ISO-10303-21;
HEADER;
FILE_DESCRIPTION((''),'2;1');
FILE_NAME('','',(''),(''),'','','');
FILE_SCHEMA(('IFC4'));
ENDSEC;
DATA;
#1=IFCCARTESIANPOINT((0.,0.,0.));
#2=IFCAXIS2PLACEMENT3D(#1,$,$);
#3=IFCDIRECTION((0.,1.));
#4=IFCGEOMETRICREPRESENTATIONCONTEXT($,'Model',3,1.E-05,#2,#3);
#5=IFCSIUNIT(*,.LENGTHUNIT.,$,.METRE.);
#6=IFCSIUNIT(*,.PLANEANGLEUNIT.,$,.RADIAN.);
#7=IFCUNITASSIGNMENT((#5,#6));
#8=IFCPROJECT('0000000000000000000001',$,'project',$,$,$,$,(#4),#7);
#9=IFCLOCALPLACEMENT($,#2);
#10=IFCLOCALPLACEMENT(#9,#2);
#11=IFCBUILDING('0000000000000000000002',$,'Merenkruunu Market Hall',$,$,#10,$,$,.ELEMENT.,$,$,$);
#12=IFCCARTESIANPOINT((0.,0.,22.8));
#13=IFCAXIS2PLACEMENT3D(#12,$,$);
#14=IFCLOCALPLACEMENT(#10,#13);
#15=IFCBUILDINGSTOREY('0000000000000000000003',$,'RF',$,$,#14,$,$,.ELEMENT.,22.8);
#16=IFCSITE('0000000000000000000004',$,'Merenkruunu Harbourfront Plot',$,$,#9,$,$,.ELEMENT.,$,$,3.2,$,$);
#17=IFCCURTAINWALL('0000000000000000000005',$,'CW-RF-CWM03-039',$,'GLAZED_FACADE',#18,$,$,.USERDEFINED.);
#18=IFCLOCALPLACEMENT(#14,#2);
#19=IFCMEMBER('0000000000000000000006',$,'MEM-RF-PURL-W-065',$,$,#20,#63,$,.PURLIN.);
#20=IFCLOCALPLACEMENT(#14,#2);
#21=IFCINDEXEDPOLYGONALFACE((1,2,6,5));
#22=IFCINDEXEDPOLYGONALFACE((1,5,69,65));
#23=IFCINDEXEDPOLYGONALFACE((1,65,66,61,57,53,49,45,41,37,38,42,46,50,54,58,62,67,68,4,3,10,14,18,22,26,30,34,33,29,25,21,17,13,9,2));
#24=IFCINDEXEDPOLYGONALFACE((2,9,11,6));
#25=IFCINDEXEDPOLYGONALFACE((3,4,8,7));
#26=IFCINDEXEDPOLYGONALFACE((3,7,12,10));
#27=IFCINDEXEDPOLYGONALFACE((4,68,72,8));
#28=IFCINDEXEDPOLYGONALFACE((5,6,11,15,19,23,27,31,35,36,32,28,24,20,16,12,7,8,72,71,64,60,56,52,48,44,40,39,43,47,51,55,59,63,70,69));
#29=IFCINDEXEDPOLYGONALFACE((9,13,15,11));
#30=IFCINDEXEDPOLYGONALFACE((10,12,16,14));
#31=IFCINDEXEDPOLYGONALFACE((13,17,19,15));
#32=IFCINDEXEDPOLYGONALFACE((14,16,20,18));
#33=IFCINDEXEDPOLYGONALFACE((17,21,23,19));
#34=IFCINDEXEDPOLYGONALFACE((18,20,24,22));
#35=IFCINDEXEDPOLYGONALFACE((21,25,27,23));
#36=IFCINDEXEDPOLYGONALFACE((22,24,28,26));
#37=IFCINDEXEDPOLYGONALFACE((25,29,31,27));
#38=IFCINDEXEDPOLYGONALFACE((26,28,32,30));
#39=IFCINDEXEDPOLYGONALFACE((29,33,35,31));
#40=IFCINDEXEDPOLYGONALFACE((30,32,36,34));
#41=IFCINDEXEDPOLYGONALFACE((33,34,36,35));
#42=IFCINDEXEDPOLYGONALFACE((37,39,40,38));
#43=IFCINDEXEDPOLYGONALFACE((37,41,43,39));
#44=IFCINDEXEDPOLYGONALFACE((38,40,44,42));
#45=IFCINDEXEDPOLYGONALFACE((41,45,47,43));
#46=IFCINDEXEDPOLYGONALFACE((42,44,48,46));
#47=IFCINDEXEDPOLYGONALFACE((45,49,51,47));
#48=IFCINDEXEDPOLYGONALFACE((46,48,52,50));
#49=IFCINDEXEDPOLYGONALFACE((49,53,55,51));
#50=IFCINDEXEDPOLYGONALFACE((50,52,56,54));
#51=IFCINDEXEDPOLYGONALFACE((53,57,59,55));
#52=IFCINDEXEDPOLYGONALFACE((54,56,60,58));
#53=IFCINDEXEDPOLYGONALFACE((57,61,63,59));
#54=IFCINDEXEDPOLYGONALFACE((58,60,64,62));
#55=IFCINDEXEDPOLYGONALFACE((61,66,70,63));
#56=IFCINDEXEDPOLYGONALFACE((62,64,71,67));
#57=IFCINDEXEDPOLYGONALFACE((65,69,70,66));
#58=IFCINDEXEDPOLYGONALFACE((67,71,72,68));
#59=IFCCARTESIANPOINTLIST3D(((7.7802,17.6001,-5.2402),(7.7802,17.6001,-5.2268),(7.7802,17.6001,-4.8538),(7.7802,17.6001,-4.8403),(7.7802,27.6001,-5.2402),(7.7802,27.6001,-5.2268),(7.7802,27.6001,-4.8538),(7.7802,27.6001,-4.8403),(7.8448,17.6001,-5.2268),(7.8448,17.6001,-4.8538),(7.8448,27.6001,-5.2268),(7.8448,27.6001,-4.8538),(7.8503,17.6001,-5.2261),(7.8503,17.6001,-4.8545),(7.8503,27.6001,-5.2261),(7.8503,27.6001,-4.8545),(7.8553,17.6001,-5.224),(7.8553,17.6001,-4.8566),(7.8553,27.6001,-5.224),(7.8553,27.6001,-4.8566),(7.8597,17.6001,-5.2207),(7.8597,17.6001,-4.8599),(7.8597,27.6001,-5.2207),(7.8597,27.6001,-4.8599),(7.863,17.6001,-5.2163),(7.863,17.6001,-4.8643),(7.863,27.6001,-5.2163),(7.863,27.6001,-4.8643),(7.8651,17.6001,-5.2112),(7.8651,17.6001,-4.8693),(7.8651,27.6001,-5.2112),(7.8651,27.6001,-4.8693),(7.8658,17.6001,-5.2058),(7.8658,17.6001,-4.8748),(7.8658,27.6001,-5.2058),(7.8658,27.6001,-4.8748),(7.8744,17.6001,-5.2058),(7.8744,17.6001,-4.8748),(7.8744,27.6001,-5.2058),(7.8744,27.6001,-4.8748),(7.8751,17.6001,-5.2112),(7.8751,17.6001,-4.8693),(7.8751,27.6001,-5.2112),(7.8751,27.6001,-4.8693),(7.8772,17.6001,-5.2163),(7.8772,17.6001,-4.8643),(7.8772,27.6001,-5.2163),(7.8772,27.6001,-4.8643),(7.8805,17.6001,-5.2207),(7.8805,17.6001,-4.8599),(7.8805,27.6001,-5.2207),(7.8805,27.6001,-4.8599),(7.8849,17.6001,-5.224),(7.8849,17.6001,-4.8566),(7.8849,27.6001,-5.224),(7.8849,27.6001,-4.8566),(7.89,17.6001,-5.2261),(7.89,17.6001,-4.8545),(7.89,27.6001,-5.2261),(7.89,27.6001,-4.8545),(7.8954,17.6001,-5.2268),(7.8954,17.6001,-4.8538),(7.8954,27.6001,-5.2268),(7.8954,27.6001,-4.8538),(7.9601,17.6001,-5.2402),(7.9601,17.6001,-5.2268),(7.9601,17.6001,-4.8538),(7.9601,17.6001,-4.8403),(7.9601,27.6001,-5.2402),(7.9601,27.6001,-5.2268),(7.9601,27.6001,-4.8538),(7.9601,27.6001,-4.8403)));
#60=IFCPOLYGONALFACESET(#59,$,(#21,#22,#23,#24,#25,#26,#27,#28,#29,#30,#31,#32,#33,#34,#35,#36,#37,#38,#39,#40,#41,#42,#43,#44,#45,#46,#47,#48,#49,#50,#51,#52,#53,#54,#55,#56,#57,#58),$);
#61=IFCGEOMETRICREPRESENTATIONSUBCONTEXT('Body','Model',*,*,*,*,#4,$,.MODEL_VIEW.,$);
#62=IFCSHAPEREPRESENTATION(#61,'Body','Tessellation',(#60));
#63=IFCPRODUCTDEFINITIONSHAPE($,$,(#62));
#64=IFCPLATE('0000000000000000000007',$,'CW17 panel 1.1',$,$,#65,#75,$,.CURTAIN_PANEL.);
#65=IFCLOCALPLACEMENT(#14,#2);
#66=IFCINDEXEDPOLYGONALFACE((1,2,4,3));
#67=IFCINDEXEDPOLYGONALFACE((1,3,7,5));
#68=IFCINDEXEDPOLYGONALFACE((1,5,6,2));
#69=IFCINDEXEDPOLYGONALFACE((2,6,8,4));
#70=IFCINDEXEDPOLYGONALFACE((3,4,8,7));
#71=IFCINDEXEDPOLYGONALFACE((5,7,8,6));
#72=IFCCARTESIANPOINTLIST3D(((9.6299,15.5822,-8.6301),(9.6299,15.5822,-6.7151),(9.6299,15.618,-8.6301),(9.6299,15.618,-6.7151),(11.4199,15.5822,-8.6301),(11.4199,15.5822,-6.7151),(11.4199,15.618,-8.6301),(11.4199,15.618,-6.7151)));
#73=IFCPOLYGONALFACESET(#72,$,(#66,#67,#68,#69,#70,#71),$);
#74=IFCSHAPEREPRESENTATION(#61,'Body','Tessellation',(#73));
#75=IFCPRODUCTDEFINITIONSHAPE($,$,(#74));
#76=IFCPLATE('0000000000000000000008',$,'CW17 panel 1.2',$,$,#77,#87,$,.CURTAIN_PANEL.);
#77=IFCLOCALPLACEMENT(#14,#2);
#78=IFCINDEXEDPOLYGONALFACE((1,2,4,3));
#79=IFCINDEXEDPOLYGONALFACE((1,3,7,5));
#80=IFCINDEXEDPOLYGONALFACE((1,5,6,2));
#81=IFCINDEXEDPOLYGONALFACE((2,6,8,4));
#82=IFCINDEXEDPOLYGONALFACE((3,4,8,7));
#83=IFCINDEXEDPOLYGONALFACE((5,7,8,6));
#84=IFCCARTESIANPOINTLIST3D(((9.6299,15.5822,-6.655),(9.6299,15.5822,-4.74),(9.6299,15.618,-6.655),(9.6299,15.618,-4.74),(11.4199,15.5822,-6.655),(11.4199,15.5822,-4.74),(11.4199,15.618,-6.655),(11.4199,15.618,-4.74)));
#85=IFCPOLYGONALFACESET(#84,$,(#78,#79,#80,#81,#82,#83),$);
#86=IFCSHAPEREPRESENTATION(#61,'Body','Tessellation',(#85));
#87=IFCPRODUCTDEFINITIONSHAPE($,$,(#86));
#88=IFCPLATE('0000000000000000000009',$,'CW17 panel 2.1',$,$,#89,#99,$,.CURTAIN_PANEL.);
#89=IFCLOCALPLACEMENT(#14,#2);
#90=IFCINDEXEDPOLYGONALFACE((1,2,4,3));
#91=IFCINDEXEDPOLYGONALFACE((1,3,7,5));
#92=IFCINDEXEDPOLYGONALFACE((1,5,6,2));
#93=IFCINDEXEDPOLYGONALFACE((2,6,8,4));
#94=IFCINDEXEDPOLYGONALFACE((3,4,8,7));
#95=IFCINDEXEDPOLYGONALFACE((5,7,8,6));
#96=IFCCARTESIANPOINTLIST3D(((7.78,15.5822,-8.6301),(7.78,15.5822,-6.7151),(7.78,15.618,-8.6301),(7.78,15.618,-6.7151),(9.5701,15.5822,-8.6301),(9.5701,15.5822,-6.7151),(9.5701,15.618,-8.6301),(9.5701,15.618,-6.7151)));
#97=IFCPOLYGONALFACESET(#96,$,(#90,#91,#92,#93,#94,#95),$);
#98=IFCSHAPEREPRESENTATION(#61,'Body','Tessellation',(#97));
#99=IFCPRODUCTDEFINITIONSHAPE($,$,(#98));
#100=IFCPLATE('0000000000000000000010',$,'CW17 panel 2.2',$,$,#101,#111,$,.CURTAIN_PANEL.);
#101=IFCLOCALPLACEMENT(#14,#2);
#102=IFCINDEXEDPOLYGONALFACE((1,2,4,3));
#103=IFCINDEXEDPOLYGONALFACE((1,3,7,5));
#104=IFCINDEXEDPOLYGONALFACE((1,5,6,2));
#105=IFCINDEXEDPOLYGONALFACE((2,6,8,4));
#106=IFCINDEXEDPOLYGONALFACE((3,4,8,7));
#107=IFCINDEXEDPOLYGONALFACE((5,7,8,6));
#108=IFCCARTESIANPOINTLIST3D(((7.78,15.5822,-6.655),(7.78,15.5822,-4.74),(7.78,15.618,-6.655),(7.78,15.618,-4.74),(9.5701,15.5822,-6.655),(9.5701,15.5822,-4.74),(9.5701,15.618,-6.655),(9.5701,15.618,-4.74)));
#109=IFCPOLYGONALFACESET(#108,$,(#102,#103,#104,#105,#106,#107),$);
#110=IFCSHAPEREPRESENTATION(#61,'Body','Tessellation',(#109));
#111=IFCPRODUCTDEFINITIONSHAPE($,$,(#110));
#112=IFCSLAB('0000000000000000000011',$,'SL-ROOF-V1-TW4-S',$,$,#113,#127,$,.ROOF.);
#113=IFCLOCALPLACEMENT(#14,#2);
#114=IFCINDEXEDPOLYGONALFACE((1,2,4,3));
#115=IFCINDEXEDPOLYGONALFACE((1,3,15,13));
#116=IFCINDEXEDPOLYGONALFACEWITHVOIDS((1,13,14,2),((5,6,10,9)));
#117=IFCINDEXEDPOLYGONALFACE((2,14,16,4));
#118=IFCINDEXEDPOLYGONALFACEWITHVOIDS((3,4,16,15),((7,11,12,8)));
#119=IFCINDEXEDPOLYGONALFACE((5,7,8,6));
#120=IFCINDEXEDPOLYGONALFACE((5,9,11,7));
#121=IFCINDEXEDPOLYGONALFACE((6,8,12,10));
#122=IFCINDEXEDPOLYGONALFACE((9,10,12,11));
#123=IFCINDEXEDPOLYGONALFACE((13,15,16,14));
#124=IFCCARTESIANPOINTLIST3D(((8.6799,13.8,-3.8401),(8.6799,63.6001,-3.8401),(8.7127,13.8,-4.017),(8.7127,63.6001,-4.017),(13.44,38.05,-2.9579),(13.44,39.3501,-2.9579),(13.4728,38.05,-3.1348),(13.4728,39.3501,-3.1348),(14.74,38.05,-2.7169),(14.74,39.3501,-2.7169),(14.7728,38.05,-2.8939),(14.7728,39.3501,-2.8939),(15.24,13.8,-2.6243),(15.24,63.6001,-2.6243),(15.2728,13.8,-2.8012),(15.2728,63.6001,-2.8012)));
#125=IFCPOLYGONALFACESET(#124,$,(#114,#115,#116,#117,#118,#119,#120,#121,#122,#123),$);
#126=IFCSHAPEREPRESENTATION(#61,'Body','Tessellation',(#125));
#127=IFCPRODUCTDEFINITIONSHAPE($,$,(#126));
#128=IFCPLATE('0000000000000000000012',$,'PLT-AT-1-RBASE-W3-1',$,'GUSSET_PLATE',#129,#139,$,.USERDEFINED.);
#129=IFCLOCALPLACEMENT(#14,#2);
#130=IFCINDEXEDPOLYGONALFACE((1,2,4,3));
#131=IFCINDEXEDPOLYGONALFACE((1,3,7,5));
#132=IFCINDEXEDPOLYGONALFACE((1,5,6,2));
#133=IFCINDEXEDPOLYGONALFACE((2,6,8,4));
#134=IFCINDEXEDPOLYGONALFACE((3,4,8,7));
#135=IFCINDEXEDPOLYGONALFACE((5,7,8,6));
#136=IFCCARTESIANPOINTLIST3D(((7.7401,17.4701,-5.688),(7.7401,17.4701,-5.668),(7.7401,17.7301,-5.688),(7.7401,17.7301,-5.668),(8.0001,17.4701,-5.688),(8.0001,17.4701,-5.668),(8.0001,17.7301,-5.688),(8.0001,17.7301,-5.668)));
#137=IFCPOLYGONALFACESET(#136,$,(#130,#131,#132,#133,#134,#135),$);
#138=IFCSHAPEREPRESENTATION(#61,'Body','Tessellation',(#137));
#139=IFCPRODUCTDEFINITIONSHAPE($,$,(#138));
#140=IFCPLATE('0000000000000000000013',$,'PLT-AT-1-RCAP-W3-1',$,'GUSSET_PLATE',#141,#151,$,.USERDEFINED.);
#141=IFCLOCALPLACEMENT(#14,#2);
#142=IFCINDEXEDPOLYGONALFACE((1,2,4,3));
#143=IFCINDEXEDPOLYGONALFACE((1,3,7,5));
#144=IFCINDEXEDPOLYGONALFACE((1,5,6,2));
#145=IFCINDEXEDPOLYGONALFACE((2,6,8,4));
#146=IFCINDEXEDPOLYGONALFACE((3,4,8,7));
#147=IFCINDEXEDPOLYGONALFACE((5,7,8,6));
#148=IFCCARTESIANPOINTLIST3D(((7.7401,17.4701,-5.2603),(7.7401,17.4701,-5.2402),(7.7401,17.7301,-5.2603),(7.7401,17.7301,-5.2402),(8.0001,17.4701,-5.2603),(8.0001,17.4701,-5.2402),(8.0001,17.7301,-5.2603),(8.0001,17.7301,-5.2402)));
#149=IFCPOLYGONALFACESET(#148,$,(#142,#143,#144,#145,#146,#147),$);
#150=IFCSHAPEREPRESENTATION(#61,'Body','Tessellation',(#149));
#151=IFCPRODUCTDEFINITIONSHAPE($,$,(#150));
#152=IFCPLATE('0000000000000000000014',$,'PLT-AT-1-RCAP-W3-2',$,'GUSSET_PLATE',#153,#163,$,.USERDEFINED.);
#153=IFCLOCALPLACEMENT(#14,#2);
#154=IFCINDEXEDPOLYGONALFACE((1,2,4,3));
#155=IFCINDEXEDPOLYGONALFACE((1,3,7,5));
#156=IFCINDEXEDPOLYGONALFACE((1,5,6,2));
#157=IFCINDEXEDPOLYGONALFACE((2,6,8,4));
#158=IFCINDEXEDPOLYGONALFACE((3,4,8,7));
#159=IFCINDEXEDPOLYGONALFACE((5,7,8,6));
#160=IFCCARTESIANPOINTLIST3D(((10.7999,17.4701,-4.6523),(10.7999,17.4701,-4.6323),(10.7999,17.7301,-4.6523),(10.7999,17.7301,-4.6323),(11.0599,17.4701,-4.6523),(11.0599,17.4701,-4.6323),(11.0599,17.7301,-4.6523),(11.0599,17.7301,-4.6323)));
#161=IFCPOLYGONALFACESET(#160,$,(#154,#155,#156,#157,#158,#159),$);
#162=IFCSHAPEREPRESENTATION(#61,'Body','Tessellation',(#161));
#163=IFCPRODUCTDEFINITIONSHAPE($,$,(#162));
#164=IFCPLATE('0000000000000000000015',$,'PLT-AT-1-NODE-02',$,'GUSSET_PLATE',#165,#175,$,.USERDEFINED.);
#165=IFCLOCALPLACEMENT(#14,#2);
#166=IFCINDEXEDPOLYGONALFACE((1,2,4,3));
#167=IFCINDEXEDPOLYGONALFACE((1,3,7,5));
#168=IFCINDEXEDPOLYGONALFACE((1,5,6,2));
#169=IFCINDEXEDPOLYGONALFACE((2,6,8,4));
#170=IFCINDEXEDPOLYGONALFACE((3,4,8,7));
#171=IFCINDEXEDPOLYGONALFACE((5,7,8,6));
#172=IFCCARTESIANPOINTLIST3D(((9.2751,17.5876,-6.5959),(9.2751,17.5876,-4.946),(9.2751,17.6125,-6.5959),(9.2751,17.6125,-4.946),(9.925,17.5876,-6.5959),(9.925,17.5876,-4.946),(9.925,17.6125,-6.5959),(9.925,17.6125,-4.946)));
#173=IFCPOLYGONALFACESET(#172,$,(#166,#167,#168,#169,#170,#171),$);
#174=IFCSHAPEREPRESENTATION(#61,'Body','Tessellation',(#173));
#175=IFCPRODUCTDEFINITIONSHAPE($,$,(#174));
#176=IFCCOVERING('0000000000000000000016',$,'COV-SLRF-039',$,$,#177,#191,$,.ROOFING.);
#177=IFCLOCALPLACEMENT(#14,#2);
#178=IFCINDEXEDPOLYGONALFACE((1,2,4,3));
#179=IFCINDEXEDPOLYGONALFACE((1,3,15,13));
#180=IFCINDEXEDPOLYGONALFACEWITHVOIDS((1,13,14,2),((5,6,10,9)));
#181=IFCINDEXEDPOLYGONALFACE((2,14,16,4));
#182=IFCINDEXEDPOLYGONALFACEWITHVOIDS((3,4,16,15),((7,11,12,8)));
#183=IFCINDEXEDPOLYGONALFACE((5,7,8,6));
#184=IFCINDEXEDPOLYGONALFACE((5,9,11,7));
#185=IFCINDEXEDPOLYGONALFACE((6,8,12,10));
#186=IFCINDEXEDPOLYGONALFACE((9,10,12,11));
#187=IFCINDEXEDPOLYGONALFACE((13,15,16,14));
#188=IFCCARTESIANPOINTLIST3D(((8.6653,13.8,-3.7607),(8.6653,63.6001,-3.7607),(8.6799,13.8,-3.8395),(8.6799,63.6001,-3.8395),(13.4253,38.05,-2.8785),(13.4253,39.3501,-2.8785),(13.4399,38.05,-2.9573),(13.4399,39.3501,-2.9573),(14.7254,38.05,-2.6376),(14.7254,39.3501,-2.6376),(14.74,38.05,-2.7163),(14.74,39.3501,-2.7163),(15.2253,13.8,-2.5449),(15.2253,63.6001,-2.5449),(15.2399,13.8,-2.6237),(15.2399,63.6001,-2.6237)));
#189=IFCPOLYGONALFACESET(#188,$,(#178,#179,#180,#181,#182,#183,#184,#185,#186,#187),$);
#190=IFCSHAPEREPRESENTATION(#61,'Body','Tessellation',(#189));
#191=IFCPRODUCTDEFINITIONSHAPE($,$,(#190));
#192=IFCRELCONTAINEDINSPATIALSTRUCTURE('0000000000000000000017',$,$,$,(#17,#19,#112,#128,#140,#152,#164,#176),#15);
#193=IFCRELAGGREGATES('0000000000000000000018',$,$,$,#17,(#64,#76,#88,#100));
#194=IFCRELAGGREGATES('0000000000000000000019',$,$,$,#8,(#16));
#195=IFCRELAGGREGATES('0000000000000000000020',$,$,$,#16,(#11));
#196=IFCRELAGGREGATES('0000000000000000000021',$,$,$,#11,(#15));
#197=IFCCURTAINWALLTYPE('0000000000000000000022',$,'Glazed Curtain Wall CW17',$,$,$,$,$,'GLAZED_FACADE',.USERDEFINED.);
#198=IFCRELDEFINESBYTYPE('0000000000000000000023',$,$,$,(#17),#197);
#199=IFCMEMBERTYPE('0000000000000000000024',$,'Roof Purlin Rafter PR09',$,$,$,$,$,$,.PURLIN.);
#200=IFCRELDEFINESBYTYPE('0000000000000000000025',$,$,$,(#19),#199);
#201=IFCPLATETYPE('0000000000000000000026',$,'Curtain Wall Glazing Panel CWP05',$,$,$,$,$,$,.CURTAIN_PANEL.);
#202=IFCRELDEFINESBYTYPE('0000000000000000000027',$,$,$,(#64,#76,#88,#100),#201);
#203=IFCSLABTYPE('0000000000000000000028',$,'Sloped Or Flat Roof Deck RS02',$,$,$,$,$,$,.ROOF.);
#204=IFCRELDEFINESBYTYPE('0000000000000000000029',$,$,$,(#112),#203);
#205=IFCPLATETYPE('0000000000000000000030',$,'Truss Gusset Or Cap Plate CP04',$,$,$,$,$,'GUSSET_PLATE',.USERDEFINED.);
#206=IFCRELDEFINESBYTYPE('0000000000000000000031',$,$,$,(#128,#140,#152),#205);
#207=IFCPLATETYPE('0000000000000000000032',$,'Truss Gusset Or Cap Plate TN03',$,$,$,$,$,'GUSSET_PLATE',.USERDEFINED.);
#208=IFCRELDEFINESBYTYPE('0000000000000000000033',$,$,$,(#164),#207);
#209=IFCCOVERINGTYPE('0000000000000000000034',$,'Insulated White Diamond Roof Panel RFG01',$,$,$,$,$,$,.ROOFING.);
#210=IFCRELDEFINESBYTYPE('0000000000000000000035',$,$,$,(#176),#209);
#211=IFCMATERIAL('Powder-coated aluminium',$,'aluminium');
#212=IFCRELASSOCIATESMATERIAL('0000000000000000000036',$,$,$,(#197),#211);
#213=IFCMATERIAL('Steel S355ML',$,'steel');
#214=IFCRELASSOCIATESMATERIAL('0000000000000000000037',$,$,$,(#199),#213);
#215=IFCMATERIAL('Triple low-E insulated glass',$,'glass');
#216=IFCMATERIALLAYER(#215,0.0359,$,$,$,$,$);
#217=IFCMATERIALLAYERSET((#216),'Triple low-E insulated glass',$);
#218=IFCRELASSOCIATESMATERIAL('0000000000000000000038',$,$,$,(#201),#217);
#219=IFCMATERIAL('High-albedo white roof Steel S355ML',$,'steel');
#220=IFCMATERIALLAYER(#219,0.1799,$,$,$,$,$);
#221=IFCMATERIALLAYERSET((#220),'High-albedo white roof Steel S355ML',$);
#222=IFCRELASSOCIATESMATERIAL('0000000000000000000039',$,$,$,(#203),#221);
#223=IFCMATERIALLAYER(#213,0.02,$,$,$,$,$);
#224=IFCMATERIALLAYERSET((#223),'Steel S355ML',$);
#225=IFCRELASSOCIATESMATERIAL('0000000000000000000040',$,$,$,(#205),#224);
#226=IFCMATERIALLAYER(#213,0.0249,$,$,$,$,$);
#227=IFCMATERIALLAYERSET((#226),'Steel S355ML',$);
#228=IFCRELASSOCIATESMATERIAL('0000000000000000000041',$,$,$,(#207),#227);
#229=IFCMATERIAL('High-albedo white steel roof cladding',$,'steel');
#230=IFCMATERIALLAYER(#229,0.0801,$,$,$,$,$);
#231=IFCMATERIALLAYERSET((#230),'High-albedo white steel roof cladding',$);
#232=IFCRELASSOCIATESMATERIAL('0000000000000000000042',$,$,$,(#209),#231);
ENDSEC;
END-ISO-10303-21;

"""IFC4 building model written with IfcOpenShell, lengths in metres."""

from ifc_helpers import new_model, si_unit, direction, frame, origin, origin_2d, place, context, subcontext, project, spatial, polyline, rectangle, i_section, outline, extrude, material, layer, layer_set, material_profile, profile_set, type_object, element, aggregate, save


model = new_model("IFC4")

# Units and contexts
model_context = context("Model", 3, precision=1e-05, world=origin(), true_north=direction((0.0, 1.0)))
body_context = subcontext(model_context, "Body", "Model", "MODEL_VIEW")
ifc_project = project(units=[si_unit("LENGTHUNIT", "METRE"), si_unit("PLANEANGLEUNIT", "RADIAN")], contexts=[model_context])

# Site, building, storey
site_placement = place(None, origin())
site = spatial("IfcSite", under=ifc_project, at=site_placement, Name="Merenkruunu Harbourfront Plot", CompositionType="ELEMENT", RefElevation=3.2)
building_placement = place(site_placement, origin())
building = spatial("IfcBuilding", under=site, at=building_placement, Name="Merenkruunu Market Hall", CompositionType="ELEMENT")
storey_placement = place(building_placement, frame((0.0, 0.0, 22.8)))
storey = spatial("IfcBuildingStorey", under=building, at=storey_placement, Name="RF", CompositionType="ELEMENT", Elevation=22.8)

# Shared definitions
ifc_material_1 = material(Name="Steel S355ML", Category="steel")

# Curtain wall
ifc_material_2 = material(Name="Powder-coated aluminium", Category="aluminium")
curtain_wall_type_1 = type_object("IfcCurtainWallType", Name="Glazed Curtain Wall CW17", ElementType="GLAZED_FACADE", PredefinedType="USERDEFINED", material=ifc_material_2)
curtain_wall_1_placement = place(storey_placement, origin())
curtain_wall_1 = element("IfcCurtainWall", 1, at=curtain_wall_1_placement, inside=storey, type_object=curtain_wall_type_1, Name="CW-RF-CWM03-039", ObjectType="GLAZED_FACADE", PredefinedType="USERDEFINED")

# Member
ifc_material_profile_1 = material_profile(ifc_material_1, i_section(OverallWidth=0.1799, OverallDepth=0.3999, WebThickness=0.0085, FlangeThickness=0.0134, FilletRadius=0.021, at=origin_2d()), Name="IPE 400")
ifc_profile_set_1 = profile_set([ifc_material_profile_1], Name="Steel S355ML")
member_type_1 = type_object("IfcMemberType", Name="Roof Purlin Rafter PR09", PredefinedType="PURLIN", material=ifc_profile_set_1)
member_1_placement = place(storey_placement, frame((7.8701, 17.6001, -5.0403), z_axis=(0.0, 1.0, 0.0), x_axis=(-1.0, 0.0, 0.0)))
element("IfcMember", 2, at=member_1_placement, inside=storey, type_object=member_type_1, Name="MEM-RF-PURL-W-065", PredefinedType="PURLIN", context=body_context, shape_type="SweptSolid", body=[
    extrude(i_section(OverallWidth=0.1799, OverallDepth=0.3999, WebThickness=0.0085, FlangeThickness=0.0134, FilletRadius=0.021, at=origin_2d()), origin(), (0.0, 0.0, 1.0), 10.0),
])

# Plates
ifc_material_3 = material(Name="Triple low-E insulated glass", Category="glass")
ifc_layer_1 = layer(ifc_material_3, 0.0359)
ifc_layer_set_1 = layer_set([ifc_layer_1], Name="Triple low-E insulated glass")
plate_type_1 = type_object("IfcPlateType", Name="Curtain Wall Glazing Panel CWP05", PredefinedType="CURTAIN_PANEL", material=ifc_layer_set_1)
plate_1_placement = place(storey_placement, frame((10.5249, 15.6001, -8.6301), z_axis=(0.0, 0.0, 1.0), x_axis=(-1.0, 0.0, 0.0)))
plate_1 = element("IfcPlate", 3, at=plate_1_placement, type_object=plate_type_1, Name="CW17 panel 1.1", PredefinedType="CURTAIN_PANEL", context=body_context, shape_type="SweptSolid", body=[
    extrude(rectangle(XDim=1.79, YDim=0.0359, at=origin_2d()), origin(), (0.0, 0.0, 1.0), 1.915),
])
plate_2_placement = place(storey_placement, frame((10.5249, 15.6001, -6.655), z_axis=(0.0, 0.0, 1.0), x_axis=(-1.0, 0.0, 0.0)))
plate_2 = element("IfcPlate", 4, at=plate_2_placement, type_object=plate_type_1, Name="CW17 panel 1.2", PredefinedType="CURTAIN_PANEL", context=body_context, shape_type="SweptSolid", body=[
    extrude(rectangle(XDim=1.79, YDim=0.0359, at=origin_2d()), origin(), (0.0, 0.0, 1.0), 1.915),
])
plate_3_placement = place(storey_placement, frame((8.675, 15.6001, -8.6301), z_axis=(0.0, 0.0, 1.0), x_axis=(-1.0, 0.0, 0.0)))
plate_3 = element("IfcPlate", 5, at=plate_3_placement, type_object=plate_type_1, Name="CW17 panel 2.1", PredefinedType="CURTAIN_PANEL", context=body_context, shape_type="SweptSolid", body=[
    extrude(rectangle(XDim=1.79, YDim=0.0359, at=origin_2d()), origin(), (0.0, 0.0, 1.0), 1.915),
])
plate_4_placement = place(storey_placement, frame((8.675, 15.6001, -6.655), z_axis=(0.0, 0.0, 1.0), x_axis=(-1.0, 0.0, 0.0)))
plate_4 = element("IfcPlate", 6, at=plate_4_placement, type_object=plate_type_1, Name="CW17 panel 2.2", PredefinedType="CURTAIN_PANEL", context=body_context, shape_type="SweptSolid", body=[
    extrude(rectangle(XDim=1.79, YDim=0.0359, at=origin_2d()), origin(), (0.0, 0.0, 1.0), 1.915),
])
aggregate(curtain_wall_1, [plate_1, plate_2, plate_3, plate_4])

# Slab
ifc_material_4 = material(Name="High-albedo white roof Steel S355ML", Category="steel")
ifc_layer_2 = layer(ifc_material_4, 0.1799)
ifc_layer_set_2 = layer_set([ifc_layer_2], Name="High-albedo white roof Steel S355ML")
slab_type = type_object("IfcSlabType", Name="Sloped Or Flat Roof Deck RS02", PredefinedType="ROOF", material=ifc_layer_set_2)
slab_placement = place(storey_placement, frame((8.6799, 13.8, -3.8401), z_axis=(-0.182233, 0.0, 0.983255), x_axis=(0.983255, 0.0, 0.182233)))
element("IfcSlab", 7, at=slab_placement, inside=storey, type_object=slab_type, Name="SL-ROOF-V1-TW4-S", PredefinedType="ROOF", context=body_context, shape_type="SweptSolid", body=[
    extrude(outline(polyline([(0.0, 0.0), (6.6718, 0.0), (6.6718, 49.8), (0.0, 49.8), (0.0, 0.0)]), holes=[polyline([(4.8411, 24.25), (6.1633, 24.25), (6.1633, 25.55), (4.8411, 25.55), (4.8411, 24.25)])]), origin(), (0.0, 0.0, -1.0), 0.1799),
])

# Plates
ifc_layer_3 = layer(ifc_material_1, 0.02)
ifc_layer_set_3 = layer_set([ifc_layer_3], Name="Steel S355ML")
plate_type_2 = type_object("IfcPlateType", Name="Truss Gusset Or Cap Plate CP04", ElementType="GUSSET_PLATE", PredefinedType="USERDEFINED", material=ifc_layer_set_3)
for number, where, z_axis, x_axis, name in (
    (8, (7.8701, 17.6001, -5.688), (0.0, 0.0, 1.0), (1.0, 0.0, 0.0), "PLT-AT-1-RBASE-W3-1"),
    (9, (7.8701, 17.6001, -5.2603), (0.0, 0.0, 1.0), (1.0, 0.0, 0.0), "PLT-AT-1-RCAP-W3-1"),
    (10, (10.9299, 17.6001, -4.6523), (0.0, 0.0, 1.0), (1.0, 0.0, 0.0), "PLT-AT-1-RCAP-W3-2"),
):
    element("IfcPlate", number, at=place(storey_placement, frame(where, z_axis=z_axis, x_axis=x_axis)), inside=storey, type_object=plate_type_2, Name=name, ObjectType="GUSSET_PLATE", PredefinedType="USERDEFINED", context=body_context, shape_type="SweptSolid", body=[
        extrude(rectangle(XDim=0.26, YDim=0.26, at=origin_2d()), origin(), (0.0, 0.0, 1.0), 0.02),
    ])
ifc_layer_4 = layer(ifc_material_1, 0.0249)
ifc_layer_set_4 = layer_set([ifc_layer_4], Name="Steel S355ML")
plate_type_3 = type_object("IfcPlateType", Name="Truss Gusset Or Cap Plate TN03", ElementType="GUSSET_PLATE", PredefinedType="USERDEFINED", material=ifc_layer_set_4)
plate_5_placement = place(storey_placement, frame((9.6001, 17.6001, -6.5959), z_axis=(0.0, 0.0, 1.0), x_axis=(1.0, 0.0, 0.0)))
element("IfcPlate", 11, at=plate_5_placement, inside=storey, type_object=plate_type_3, Name="PLT-AT-1-NODE-02", ObjectType="GUSSET_PLATE", PredefinedType="USERDEFINED", context=body_context, shape_type="SweptSolid", body=[
    extrude(rectangle(XDim=0.6499, YDim=0.0249, at=origin_2d()), origin(), (0.0, 0.0, 1.0), 1.6499),
])

# Covering
ifc_material_5 = material(Name="High-albedo white steel roof cladding", Category="steel")
ifc_layer_5 = layer(ifc_material_5, 0.0801)
ifc_layer_set_5 = layer_set([ifc_layer_5], Name="High-albedo white steel roof cladding")
covering_type = type_object("IfcCoveringType", Name="Insulated White Diamond Roof Panel RFG01", PredefinedType="ROOFING", material=ifc_layer_set_5)
covering_placement = place(storey_placement, frame((8.6653, 13.8, -3.7607), z_axis=(-0.182233, 0.0, 0.983255), x_axis=(0.983255, 0.0, 0.182233)))
element("IfcCovering", 12, at=covering_placement, inside=storey, type_object=covering_type, Name="COV-SLRF-039", PredefinedType="ROOFING", context=body_context, shape_type="SweptSolid", body=[
    extrude(outline(polyline([(0.0, 0.0), (6.6718, 0.0), (6.6718, 49.8), (0.0, 49.8), (0.0, 0.0)]), holes=[polyline([(4.841, 24.25), (6.1633, 24.25), (6.1633, 25.55), (4.841, 25.55), (4.841, 24.25)])]), origin(), (0.0, 0.0, -1.0), 0.0801),
])

save(model, "model.ifc")
